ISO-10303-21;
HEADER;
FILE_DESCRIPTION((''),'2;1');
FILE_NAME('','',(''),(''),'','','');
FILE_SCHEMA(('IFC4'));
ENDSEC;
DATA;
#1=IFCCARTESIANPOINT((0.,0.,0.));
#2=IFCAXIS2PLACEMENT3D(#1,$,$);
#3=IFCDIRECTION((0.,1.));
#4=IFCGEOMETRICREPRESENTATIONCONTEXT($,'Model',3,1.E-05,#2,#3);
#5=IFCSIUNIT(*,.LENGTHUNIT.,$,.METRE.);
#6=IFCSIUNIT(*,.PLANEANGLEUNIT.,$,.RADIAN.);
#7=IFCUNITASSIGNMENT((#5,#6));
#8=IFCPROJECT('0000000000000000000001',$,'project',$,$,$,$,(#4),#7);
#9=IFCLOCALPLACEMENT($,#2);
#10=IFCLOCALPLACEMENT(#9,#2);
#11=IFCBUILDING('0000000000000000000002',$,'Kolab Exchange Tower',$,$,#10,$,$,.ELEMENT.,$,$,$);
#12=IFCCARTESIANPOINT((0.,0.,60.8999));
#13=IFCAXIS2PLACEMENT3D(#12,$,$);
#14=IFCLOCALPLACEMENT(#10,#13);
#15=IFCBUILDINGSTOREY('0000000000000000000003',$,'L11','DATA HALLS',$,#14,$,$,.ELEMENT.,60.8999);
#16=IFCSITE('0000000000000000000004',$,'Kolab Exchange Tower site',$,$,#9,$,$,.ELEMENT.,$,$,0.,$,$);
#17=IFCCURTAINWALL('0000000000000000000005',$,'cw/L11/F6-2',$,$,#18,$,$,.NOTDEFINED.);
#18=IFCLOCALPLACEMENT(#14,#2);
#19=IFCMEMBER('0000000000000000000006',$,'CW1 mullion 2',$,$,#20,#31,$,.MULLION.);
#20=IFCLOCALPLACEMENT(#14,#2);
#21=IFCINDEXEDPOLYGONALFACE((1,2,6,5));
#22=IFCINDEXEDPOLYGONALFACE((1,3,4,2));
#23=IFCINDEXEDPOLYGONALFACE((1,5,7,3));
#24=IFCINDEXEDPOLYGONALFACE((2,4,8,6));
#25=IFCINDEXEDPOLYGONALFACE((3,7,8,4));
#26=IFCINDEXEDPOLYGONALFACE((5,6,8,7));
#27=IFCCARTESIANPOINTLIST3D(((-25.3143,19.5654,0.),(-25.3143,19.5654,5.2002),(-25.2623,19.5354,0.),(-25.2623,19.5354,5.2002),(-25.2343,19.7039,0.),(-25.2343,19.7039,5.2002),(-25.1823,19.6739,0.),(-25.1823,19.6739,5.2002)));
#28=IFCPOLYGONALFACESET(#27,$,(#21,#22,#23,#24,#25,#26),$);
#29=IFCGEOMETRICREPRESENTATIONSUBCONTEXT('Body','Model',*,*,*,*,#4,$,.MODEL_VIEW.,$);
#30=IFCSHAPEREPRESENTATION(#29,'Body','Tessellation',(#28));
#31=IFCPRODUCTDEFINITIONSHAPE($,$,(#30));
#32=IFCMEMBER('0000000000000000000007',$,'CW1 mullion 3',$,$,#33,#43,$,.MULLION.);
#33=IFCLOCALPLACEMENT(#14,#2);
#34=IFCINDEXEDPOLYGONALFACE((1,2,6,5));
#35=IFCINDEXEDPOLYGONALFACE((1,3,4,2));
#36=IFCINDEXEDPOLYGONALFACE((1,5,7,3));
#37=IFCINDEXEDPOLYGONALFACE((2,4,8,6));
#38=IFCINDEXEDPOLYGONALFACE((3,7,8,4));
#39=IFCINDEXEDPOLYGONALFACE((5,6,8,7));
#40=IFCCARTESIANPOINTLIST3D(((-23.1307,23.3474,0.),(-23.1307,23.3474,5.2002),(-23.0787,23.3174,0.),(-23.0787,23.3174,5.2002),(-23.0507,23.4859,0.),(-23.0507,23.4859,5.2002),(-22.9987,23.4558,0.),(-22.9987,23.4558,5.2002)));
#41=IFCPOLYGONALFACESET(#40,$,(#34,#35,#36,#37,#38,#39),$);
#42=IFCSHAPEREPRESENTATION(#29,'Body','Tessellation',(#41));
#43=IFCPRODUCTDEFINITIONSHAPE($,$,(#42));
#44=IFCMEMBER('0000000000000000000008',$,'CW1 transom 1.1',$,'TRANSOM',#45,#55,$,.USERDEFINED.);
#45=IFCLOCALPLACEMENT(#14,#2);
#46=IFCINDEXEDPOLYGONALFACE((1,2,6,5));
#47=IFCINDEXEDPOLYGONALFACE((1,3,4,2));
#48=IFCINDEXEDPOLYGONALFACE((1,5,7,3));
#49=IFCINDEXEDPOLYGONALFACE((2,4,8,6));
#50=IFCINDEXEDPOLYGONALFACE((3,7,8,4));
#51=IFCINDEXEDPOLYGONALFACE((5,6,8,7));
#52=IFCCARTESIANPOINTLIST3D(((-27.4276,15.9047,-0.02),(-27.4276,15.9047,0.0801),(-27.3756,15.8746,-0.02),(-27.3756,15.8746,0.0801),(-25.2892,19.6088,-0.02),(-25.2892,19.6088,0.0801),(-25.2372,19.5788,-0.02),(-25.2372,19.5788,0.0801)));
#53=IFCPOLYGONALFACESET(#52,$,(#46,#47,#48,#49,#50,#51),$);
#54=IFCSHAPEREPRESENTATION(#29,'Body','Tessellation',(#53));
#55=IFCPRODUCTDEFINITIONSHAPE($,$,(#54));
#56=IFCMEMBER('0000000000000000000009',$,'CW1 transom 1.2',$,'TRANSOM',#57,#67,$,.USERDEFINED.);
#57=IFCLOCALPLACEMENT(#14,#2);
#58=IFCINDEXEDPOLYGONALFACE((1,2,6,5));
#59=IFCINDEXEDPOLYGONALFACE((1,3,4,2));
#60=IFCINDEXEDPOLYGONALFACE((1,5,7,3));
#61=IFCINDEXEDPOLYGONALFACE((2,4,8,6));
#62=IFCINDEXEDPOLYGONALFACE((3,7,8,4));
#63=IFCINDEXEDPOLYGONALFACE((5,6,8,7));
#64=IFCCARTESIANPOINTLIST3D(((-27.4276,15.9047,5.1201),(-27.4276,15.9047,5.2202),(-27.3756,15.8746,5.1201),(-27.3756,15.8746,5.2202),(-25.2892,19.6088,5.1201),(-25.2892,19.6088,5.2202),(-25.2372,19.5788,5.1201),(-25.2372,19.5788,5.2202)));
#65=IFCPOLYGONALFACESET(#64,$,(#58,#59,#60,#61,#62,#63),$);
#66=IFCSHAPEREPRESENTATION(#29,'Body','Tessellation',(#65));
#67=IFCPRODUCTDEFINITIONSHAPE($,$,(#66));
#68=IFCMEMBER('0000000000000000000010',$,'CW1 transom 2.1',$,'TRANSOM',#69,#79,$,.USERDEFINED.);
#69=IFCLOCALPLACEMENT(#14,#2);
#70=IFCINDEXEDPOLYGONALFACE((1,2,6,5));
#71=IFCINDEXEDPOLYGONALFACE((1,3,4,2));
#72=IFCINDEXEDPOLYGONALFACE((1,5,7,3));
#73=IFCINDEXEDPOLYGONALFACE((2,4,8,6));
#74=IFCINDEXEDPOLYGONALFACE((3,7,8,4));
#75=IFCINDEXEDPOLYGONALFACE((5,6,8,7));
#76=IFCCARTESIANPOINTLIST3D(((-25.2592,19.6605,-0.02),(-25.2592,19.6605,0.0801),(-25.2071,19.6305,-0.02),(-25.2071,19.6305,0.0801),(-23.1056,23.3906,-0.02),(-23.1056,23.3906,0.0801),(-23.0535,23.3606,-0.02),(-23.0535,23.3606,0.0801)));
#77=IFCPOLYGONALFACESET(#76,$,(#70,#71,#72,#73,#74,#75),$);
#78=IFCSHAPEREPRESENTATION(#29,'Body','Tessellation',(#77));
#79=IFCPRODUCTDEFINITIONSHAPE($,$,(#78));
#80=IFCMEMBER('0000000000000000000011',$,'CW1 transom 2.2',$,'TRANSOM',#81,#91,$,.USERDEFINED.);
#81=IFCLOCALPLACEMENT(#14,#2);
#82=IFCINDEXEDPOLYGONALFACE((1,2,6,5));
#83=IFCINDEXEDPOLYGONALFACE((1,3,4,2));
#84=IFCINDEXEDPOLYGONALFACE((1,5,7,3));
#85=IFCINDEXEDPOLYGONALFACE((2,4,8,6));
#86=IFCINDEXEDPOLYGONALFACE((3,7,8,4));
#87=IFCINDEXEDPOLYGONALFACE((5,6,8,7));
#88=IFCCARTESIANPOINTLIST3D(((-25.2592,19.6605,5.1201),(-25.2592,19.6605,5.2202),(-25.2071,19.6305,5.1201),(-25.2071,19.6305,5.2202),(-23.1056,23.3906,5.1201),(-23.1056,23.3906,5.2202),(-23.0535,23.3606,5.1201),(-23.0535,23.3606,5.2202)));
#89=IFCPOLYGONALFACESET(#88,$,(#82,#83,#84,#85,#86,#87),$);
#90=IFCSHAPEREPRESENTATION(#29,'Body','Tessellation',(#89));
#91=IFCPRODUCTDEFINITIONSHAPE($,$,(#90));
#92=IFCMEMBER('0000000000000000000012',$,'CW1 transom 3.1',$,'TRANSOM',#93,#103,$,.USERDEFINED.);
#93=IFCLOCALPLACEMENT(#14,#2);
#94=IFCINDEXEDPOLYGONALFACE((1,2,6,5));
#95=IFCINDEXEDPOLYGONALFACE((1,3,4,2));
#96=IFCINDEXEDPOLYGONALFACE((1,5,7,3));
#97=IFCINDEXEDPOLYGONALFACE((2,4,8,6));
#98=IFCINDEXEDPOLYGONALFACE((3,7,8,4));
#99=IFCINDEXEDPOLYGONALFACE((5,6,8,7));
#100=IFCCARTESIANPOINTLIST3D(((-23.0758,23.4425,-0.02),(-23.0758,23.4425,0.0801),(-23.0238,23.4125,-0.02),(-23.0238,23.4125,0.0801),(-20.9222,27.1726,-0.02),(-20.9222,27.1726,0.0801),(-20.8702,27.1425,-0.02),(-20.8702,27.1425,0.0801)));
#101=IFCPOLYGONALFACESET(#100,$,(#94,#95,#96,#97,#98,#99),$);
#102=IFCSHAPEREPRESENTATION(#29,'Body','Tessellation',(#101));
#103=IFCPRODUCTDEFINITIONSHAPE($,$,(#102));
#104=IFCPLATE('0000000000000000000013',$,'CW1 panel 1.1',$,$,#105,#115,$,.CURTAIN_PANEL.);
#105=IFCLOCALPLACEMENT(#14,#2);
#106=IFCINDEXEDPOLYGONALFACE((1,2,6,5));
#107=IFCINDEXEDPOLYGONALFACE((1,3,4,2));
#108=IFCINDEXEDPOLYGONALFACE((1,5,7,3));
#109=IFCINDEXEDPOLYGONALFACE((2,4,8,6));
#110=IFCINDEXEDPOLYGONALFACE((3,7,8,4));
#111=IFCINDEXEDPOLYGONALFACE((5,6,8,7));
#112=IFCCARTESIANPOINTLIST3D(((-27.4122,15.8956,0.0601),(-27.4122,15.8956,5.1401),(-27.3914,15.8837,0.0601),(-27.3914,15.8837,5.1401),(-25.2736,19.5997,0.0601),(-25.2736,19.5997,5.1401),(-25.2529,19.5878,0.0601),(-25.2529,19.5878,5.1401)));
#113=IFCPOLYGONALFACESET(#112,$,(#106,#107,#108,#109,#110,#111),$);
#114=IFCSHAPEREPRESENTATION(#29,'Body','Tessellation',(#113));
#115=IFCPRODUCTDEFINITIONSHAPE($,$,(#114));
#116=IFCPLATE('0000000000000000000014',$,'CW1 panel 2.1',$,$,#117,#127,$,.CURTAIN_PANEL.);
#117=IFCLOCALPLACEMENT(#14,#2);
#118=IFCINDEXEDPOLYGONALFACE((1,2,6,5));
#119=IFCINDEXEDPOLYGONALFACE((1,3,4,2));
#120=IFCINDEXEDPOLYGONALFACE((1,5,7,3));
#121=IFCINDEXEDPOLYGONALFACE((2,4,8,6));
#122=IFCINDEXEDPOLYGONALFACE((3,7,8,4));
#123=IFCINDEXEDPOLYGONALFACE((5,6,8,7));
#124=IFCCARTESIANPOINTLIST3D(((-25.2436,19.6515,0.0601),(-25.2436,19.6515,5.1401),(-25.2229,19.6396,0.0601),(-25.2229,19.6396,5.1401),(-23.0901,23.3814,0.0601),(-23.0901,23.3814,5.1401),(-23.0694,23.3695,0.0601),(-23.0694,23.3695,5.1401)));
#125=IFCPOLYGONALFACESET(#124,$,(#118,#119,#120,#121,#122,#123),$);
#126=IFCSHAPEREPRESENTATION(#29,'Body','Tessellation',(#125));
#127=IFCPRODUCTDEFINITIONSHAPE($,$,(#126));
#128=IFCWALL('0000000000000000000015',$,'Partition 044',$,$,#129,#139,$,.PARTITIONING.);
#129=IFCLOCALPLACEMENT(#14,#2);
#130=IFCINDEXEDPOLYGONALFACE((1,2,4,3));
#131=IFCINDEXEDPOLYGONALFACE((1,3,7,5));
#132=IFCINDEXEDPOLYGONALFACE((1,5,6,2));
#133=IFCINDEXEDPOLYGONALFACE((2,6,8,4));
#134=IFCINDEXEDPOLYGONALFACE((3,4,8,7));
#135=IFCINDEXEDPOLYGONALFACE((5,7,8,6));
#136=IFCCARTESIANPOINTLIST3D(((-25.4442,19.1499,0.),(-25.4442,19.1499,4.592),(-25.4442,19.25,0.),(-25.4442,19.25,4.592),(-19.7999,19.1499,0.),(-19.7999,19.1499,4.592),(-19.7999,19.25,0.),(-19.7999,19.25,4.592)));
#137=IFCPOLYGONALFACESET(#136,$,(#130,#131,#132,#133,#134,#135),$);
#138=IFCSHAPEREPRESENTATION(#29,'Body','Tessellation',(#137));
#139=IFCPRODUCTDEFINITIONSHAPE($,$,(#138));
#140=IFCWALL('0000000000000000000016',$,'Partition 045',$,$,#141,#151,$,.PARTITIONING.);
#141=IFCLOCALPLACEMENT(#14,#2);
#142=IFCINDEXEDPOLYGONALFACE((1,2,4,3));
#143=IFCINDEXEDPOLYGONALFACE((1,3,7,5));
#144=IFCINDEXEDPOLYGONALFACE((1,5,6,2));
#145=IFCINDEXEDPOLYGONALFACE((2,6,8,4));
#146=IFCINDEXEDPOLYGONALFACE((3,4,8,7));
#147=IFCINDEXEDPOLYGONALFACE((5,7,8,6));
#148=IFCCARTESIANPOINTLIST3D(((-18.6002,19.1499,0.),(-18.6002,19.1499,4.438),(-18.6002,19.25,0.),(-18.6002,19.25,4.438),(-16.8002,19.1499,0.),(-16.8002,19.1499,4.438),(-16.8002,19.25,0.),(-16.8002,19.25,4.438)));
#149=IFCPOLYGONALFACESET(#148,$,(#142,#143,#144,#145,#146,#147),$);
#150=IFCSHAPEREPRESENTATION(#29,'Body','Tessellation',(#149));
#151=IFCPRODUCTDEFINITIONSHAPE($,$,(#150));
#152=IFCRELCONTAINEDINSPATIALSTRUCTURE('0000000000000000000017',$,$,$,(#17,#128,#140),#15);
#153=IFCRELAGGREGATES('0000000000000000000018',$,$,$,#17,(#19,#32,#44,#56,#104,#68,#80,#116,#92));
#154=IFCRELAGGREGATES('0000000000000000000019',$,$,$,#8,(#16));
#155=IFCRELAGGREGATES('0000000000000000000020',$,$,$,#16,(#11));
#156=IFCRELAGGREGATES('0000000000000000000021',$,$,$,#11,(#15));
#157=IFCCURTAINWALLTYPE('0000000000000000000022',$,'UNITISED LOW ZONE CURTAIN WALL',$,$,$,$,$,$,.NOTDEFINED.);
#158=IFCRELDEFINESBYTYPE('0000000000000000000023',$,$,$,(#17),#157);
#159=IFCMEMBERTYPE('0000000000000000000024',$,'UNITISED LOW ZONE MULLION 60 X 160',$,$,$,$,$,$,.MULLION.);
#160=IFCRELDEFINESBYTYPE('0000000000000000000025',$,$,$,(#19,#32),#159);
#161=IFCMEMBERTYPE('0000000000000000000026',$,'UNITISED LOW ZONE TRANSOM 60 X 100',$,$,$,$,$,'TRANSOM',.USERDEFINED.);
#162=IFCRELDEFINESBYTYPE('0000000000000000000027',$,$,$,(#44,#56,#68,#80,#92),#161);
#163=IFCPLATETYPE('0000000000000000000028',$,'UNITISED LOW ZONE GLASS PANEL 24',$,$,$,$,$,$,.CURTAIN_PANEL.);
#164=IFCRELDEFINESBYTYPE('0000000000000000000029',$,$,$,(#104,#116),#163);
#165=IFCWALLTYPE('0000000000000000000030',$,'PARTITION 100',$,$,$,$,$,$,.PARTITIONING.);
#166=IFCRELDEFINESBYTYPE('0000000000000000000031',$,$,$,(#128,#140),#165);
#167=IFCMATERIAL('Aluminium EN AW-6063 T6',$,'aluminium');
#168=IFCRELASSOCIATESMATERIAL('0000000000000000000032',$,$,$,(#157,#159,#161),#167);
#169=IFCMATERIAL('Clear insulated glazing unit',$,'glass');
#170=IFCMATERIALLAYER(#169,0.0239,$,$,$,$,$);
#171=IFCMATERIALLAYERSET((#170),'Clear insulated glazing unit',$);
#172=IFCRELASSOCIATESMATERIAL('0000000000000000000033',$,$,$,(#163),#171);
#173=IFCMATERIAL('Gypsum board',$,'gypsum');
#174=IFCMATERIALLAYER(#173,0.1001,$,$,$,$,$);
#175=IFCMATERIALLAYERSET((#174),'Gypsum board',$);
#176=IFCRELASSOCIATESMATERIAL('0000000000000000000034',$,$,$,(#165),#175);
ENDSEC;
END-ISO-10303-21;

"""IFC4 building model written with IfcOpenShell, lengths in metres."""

from ifc_helpers import new_model, si_unit, direction, frame, frame_2d, origin, origin_2d, place, context, subcontext, project, spatial, rectangle, extrude, material, layer, layer_set, material_profile, profile_set, type_object, element, aggregate, save


model = new_model("IFC4")

# Units and contexts
model_context = context("Model", 3, precision=1e-05, world=origin(), true_north=direction((0.0, 1.0)))
body_context = subcontext(model_context, "Body", "Model", "MODEL_VIEW")
ifc_project = project(units=[si_unit("LENGTHUNIT", "METRE"), si_unit("PLANEANGLEUNIT", "RADIAN")], contexts=[model_context])

# Site, building, storey
site_placement = place(None, origin())
site = spatial("IfcSite", under=ifc_project, at=site_placement, Name="Kolab Exchange Tower site", CompositionType="ELEMENT", RefElevation=0.0)
building_placement = place(site_placement, origin())
building = spatial("IfcBuilding", under=site, at=building_placement, Name="Kolab Exchange Tower", CompositionType="ELEMENT")
storey_placement = place(building_placement, frame((0.0, 0.0, 60.8999)))
storey = spatial("IfcBuildingStorey", under=building, at=storey_placement, Name="L11", Description="DATA HALLS", CompositionType="ELEMENT", Elevation=60.8999)

# Curtain wall, members, plates
ifc_material_1 = material(Name="Aluminium EN AW-6063 T6", Category="aluminium")
curtain_wall_type = type_object("IfcCurtainWallType", Name="UNITISED LOW ZONE CURTAIN WALL", PredefinedType="NOTDEFINED", material=ifc_material_1)
curtain_wall_placement = place(storey_placement, origin())
curtain_wall = element("IfcCurtainWall", 1, at=curtain_wall_placement, inside=storey, type_object=curtain_wall_type, Name="cw/L11/F6-2", PredefinedType="NOTDEFINED")
ifc_material_profile_1 = material_profile(ifc_material_1, rectangle(XDim=0.0601, YDim=0.1599, at=origin_2d()), Name="RECT 60X160")
ifc_profile_set_1 = profile_set([ifc_material_profile_1], Name="Aluminium EN AW-6063 T6")
member_type_1 = type_object("IfcMemberType", Name="UNITISED LOW ZONE MULLION 60 X 160", PredefinedType="MULLION", material=ifc_profile_set_1)
member_1_placement = place(storey_placement, frame((-25.2483, 19.6196, 0.0), z_axis=(0.0, 0.0, 1.0), x_axis=(-0.866025, 0.5, 0.0)))
member_1 = element("IfcMember", 2, at=member_1_placement, type_object=member_type_1, Name="CW1 mullion 2", PredefinedType="MULLION", context=body_context, shape_type="SweptSolid", body=[
    extrude(rectangle(XDim=0.0601, YDim=0.1599, at=origin_2d()), origin(), (0.0, 0.0, 1.0), 5.2002),
])
member_2_placement = place(storey_placement, frame((-23.0647, 23.4016, 0.0), z_axis=(0.0, 0.0, 1.0), x_axis=(-0.866025, 0.5, 0.0)))
member_2 = element("IfcMember", 3, at=member_2_placement, type_object=member_type_1, Name="CW1 mullion 3", PredefinedType="MULLION", context=body_context, shape_type="SweptSolid", body=[
    extrude(rectangle(XDim=0.0601, YDim=0.1599, at=origin_2d()), origin(), (0.0, 0.0, 1.0), 5.2002),
])
ifc_material_profile_2 = material_profile(ifc_material_1, rectangle(XDim=0.0601, YDim=0.1001, at=origin_2d()), Name="RECT 60X100")
ifc_profile_set_2 = profile_set([ifc_material_profile_2], Name="Aluminium EN AW-6063 T6")
member_type_2 = type_object("IfcMemberType", Name="UNITISED LOW ZONE TRANSOM 60 X 100", ElementType="TRANSOM", PredefinedType="USERDEFINED", material=ifc_profile_set_2)
member_3_placement = place(storey_placement, frame((-27.4016, 15.8896, 0.03), z_axis=(0.499976, 0.866039, 0.0), x_axis=(-0.866039, 0.499976, 0.0)))
member_3 = element("IfcMember", 4, at=member_3_placement, type_object=member_type_2, Name="CW1 transom 1.1", ObjectType="TRANSOM", PredefinedType="USERDEFINED", context=body_context, shape_type="SweptSolid", body=[
    extrude(rectangle(XDim=0.0601, YDim=0.1001, at=origin_2d()), origin(), (0.0, 0.0, 1.0), 4.2771),
])
member_4_placement = place(storey_placement, frame((-27.4016, 15.8896, 5.1702), z_axis=(0.499976, 0.866039, 0.0), x_axis=(-0.866039, 0.499976, 0.0)))
member_4 = element("IfcMember", 5, at=member_4_placement, type_object=member_type_2, Name="CW1 transom 1.2", ObjectType="TRANSOM", PredefinedType="USERDEFINED", context=body_context, shape_type="SweptSolid", body=[
    extrude(rectangle(XDim=0.0601, YDim=0.1001, at=origin_2d()), origin(), (0.0, 0.0, 1.0), 4.2771),
])
member_5_placement = place(storey_placement, frame((-25.2332, 19.6455, 0.03), z_axis=(0.50001, 0.866019, 0.0), x_axis=(-0.866019, 0.50001, 0.0)))
member_5 = element("IfcMember", 6, at=member_5_placement, type_object=member_type_2, Name="CW1 transom 2.1", ObjectType="TRANSOM", PredefinedType="USERDEFINED", context=body_context, shape_type="SweptSolid", body=[
    extrude(rectangle(XDim=0.0601, YDim=0.1001, at=origin_2d()), origin(), (0.0, 0.0, 1.0), 4.3071),
])
member_6_placement = place(storey_placement, frame((-25.2332, 19.6455, 5.1702), z_axis=(0.50001, 0.866019, 0.0), x_axis=(-0.866019, 0.50001, 0.0)))
member_6 = element("IfcMember", 7, at=member_6_placement, type_object=member_type_2, Name="CW1 transom 2.2", ObjectType="TRANSOM", PredefinedType="USERDEFINED", context=body_context, shape_type="SweptSolid", body=[
    extrude(rectangle(XDim=0.0601, YDim=0.1001, at=origin_2d()), origin(), (0.0, 0.0, 1.0), 4.3071),
])
member_7_placement = place(storey_placement, frame((-23.0498, 23.4275, 0.03), z_axis=(0.50001, 0.866019, 0.0), x_axis=(-0.866019, 0.50001, 0.0)))
member_7 = element("IfcMember", 8, at=member_7_placement, type_object=member_type_2, Name="CW1 transom 3.1", ObjectType="TRANSOM", PredefinedType="USERDEFINED", context=body_context, shape_type="SweptSolid", body=[
    extrude(rectangle(XDim=0.0601, YDim=0.1001, at=origin_2d()), origin(), (0.0, 0.0, 1.0), 4.3071),
])
ifc_material_2 = material(Name="Clear insulated glazing unit", Category="glass")
ifc_layer_1 = layer(ifc_material_2, 0.0239)
ifc_layer_set_1 = layer_set([ifc_layer_1], Name="Clear insulated glazing unit")
plate_type = type_object("IfcPlateType", Name="UNITISED LOW ZONE GLASS PANEL 24", PredefinedType="CURTAIN_PANEL", material=ifc_layer_set_1)
plate_1_placement = place(storey_placement, frame((-26.3325, 17.7417, 0.0601), z_axis=(0.0, 0.0, 1.0), x_axis=(0.5, 0.866025, 0.0)))
plate_1 = element("IfcPlate", 9, at=plate_1_placement, type_object=plate_type, Name="CW1 panel 1.1", PredefinedType="CURTAIN_PANEL", context=body_context, shape_type="SweptSolid", body=[
    extrude(rectangle(XDim=4.2771, YDim=0.0239, at=origin_2d()), origin(), (0.0, 0.0, 1.0), 5.0801),
])
plate_2_placement = place(storey_placement, frame((-24.1565, 21.5105, 0.0601), z_axis=(0.0, 0.0, 1.0), x_axis=(0.5, 0.866025, 0.0)))
plate_2 = element("IfcPlate", 10, at=plate_2_placement, type_object=plate_type, Name="CW1 panel 2.1", PredefinedType="CURTAIN_PANEL", context=body_context, shape_type="SweptSolid", body=[
    extrude(rectangle(XDim=4.3069, YDim=0.0239, at=origin_2d()), origin(), (0.0, 0.0, 1.0), 5.0801),
])
aggregate(curtain_wall, [member_1, member_2, member_3, member_4, plate_1, member_5, member_6, plate_2, member_7])

# Walls
ifc_material_3 = material(Name="Gypsum board", Category="gypsum")
ifc_layer_2 = layer(ifc_material_3, 0.1001)
ifc_layer_set_2 = layer_set([ifc_layer_2], Name="Gypsum board")
wall_type = type_object("IfcWallType", Name="PARTITION 100", PredefinedType="PARTITIONING", material=ifc_layer_set_2)
wall_1_placement = place(storey_placement, frame((-25.4443, 19.2, 0.0), z_axis=(0.0, 0.0, 1.0), x_axis=(1.0, 0.0, 0.0)))
element("IfcWall", 11, at=wall_1_placement, inside=storey, type_object=wall_type, Name="Partition 044", PredefinedType="PARTITIONING", context=body_context, shape_type="SweptSolid", body=[
    extrude(rectangle(XDim=5.6443, YDim=0.1001, at=frame_2d((2.8223, 0.0))), origin(), (0.0, 0.0, 1.0), 4.592),
])
wall_2_placement = place(storey_placement, frame((-18.6001, 19.2, 0.0), z_axis=(0.0, 0.0, 1.0), x_axis=(1.0, 0.0, 0.0)))
element("IfcWall", 12, at=wall_2_placement, inside=storey, type_object=wall_type, Name="Partition 045", PredefinedType="PARTITIONING", context=body_context, shape_type="SweptSolid", body=[
    extrude(rectangle(XDim=1.8, YDim=0.1001, at=frame_2d((0.8999, 0.0))), origin(), (0.0, 0.0, 1.0), 4.438),
])

save(model, "model.ifc")
